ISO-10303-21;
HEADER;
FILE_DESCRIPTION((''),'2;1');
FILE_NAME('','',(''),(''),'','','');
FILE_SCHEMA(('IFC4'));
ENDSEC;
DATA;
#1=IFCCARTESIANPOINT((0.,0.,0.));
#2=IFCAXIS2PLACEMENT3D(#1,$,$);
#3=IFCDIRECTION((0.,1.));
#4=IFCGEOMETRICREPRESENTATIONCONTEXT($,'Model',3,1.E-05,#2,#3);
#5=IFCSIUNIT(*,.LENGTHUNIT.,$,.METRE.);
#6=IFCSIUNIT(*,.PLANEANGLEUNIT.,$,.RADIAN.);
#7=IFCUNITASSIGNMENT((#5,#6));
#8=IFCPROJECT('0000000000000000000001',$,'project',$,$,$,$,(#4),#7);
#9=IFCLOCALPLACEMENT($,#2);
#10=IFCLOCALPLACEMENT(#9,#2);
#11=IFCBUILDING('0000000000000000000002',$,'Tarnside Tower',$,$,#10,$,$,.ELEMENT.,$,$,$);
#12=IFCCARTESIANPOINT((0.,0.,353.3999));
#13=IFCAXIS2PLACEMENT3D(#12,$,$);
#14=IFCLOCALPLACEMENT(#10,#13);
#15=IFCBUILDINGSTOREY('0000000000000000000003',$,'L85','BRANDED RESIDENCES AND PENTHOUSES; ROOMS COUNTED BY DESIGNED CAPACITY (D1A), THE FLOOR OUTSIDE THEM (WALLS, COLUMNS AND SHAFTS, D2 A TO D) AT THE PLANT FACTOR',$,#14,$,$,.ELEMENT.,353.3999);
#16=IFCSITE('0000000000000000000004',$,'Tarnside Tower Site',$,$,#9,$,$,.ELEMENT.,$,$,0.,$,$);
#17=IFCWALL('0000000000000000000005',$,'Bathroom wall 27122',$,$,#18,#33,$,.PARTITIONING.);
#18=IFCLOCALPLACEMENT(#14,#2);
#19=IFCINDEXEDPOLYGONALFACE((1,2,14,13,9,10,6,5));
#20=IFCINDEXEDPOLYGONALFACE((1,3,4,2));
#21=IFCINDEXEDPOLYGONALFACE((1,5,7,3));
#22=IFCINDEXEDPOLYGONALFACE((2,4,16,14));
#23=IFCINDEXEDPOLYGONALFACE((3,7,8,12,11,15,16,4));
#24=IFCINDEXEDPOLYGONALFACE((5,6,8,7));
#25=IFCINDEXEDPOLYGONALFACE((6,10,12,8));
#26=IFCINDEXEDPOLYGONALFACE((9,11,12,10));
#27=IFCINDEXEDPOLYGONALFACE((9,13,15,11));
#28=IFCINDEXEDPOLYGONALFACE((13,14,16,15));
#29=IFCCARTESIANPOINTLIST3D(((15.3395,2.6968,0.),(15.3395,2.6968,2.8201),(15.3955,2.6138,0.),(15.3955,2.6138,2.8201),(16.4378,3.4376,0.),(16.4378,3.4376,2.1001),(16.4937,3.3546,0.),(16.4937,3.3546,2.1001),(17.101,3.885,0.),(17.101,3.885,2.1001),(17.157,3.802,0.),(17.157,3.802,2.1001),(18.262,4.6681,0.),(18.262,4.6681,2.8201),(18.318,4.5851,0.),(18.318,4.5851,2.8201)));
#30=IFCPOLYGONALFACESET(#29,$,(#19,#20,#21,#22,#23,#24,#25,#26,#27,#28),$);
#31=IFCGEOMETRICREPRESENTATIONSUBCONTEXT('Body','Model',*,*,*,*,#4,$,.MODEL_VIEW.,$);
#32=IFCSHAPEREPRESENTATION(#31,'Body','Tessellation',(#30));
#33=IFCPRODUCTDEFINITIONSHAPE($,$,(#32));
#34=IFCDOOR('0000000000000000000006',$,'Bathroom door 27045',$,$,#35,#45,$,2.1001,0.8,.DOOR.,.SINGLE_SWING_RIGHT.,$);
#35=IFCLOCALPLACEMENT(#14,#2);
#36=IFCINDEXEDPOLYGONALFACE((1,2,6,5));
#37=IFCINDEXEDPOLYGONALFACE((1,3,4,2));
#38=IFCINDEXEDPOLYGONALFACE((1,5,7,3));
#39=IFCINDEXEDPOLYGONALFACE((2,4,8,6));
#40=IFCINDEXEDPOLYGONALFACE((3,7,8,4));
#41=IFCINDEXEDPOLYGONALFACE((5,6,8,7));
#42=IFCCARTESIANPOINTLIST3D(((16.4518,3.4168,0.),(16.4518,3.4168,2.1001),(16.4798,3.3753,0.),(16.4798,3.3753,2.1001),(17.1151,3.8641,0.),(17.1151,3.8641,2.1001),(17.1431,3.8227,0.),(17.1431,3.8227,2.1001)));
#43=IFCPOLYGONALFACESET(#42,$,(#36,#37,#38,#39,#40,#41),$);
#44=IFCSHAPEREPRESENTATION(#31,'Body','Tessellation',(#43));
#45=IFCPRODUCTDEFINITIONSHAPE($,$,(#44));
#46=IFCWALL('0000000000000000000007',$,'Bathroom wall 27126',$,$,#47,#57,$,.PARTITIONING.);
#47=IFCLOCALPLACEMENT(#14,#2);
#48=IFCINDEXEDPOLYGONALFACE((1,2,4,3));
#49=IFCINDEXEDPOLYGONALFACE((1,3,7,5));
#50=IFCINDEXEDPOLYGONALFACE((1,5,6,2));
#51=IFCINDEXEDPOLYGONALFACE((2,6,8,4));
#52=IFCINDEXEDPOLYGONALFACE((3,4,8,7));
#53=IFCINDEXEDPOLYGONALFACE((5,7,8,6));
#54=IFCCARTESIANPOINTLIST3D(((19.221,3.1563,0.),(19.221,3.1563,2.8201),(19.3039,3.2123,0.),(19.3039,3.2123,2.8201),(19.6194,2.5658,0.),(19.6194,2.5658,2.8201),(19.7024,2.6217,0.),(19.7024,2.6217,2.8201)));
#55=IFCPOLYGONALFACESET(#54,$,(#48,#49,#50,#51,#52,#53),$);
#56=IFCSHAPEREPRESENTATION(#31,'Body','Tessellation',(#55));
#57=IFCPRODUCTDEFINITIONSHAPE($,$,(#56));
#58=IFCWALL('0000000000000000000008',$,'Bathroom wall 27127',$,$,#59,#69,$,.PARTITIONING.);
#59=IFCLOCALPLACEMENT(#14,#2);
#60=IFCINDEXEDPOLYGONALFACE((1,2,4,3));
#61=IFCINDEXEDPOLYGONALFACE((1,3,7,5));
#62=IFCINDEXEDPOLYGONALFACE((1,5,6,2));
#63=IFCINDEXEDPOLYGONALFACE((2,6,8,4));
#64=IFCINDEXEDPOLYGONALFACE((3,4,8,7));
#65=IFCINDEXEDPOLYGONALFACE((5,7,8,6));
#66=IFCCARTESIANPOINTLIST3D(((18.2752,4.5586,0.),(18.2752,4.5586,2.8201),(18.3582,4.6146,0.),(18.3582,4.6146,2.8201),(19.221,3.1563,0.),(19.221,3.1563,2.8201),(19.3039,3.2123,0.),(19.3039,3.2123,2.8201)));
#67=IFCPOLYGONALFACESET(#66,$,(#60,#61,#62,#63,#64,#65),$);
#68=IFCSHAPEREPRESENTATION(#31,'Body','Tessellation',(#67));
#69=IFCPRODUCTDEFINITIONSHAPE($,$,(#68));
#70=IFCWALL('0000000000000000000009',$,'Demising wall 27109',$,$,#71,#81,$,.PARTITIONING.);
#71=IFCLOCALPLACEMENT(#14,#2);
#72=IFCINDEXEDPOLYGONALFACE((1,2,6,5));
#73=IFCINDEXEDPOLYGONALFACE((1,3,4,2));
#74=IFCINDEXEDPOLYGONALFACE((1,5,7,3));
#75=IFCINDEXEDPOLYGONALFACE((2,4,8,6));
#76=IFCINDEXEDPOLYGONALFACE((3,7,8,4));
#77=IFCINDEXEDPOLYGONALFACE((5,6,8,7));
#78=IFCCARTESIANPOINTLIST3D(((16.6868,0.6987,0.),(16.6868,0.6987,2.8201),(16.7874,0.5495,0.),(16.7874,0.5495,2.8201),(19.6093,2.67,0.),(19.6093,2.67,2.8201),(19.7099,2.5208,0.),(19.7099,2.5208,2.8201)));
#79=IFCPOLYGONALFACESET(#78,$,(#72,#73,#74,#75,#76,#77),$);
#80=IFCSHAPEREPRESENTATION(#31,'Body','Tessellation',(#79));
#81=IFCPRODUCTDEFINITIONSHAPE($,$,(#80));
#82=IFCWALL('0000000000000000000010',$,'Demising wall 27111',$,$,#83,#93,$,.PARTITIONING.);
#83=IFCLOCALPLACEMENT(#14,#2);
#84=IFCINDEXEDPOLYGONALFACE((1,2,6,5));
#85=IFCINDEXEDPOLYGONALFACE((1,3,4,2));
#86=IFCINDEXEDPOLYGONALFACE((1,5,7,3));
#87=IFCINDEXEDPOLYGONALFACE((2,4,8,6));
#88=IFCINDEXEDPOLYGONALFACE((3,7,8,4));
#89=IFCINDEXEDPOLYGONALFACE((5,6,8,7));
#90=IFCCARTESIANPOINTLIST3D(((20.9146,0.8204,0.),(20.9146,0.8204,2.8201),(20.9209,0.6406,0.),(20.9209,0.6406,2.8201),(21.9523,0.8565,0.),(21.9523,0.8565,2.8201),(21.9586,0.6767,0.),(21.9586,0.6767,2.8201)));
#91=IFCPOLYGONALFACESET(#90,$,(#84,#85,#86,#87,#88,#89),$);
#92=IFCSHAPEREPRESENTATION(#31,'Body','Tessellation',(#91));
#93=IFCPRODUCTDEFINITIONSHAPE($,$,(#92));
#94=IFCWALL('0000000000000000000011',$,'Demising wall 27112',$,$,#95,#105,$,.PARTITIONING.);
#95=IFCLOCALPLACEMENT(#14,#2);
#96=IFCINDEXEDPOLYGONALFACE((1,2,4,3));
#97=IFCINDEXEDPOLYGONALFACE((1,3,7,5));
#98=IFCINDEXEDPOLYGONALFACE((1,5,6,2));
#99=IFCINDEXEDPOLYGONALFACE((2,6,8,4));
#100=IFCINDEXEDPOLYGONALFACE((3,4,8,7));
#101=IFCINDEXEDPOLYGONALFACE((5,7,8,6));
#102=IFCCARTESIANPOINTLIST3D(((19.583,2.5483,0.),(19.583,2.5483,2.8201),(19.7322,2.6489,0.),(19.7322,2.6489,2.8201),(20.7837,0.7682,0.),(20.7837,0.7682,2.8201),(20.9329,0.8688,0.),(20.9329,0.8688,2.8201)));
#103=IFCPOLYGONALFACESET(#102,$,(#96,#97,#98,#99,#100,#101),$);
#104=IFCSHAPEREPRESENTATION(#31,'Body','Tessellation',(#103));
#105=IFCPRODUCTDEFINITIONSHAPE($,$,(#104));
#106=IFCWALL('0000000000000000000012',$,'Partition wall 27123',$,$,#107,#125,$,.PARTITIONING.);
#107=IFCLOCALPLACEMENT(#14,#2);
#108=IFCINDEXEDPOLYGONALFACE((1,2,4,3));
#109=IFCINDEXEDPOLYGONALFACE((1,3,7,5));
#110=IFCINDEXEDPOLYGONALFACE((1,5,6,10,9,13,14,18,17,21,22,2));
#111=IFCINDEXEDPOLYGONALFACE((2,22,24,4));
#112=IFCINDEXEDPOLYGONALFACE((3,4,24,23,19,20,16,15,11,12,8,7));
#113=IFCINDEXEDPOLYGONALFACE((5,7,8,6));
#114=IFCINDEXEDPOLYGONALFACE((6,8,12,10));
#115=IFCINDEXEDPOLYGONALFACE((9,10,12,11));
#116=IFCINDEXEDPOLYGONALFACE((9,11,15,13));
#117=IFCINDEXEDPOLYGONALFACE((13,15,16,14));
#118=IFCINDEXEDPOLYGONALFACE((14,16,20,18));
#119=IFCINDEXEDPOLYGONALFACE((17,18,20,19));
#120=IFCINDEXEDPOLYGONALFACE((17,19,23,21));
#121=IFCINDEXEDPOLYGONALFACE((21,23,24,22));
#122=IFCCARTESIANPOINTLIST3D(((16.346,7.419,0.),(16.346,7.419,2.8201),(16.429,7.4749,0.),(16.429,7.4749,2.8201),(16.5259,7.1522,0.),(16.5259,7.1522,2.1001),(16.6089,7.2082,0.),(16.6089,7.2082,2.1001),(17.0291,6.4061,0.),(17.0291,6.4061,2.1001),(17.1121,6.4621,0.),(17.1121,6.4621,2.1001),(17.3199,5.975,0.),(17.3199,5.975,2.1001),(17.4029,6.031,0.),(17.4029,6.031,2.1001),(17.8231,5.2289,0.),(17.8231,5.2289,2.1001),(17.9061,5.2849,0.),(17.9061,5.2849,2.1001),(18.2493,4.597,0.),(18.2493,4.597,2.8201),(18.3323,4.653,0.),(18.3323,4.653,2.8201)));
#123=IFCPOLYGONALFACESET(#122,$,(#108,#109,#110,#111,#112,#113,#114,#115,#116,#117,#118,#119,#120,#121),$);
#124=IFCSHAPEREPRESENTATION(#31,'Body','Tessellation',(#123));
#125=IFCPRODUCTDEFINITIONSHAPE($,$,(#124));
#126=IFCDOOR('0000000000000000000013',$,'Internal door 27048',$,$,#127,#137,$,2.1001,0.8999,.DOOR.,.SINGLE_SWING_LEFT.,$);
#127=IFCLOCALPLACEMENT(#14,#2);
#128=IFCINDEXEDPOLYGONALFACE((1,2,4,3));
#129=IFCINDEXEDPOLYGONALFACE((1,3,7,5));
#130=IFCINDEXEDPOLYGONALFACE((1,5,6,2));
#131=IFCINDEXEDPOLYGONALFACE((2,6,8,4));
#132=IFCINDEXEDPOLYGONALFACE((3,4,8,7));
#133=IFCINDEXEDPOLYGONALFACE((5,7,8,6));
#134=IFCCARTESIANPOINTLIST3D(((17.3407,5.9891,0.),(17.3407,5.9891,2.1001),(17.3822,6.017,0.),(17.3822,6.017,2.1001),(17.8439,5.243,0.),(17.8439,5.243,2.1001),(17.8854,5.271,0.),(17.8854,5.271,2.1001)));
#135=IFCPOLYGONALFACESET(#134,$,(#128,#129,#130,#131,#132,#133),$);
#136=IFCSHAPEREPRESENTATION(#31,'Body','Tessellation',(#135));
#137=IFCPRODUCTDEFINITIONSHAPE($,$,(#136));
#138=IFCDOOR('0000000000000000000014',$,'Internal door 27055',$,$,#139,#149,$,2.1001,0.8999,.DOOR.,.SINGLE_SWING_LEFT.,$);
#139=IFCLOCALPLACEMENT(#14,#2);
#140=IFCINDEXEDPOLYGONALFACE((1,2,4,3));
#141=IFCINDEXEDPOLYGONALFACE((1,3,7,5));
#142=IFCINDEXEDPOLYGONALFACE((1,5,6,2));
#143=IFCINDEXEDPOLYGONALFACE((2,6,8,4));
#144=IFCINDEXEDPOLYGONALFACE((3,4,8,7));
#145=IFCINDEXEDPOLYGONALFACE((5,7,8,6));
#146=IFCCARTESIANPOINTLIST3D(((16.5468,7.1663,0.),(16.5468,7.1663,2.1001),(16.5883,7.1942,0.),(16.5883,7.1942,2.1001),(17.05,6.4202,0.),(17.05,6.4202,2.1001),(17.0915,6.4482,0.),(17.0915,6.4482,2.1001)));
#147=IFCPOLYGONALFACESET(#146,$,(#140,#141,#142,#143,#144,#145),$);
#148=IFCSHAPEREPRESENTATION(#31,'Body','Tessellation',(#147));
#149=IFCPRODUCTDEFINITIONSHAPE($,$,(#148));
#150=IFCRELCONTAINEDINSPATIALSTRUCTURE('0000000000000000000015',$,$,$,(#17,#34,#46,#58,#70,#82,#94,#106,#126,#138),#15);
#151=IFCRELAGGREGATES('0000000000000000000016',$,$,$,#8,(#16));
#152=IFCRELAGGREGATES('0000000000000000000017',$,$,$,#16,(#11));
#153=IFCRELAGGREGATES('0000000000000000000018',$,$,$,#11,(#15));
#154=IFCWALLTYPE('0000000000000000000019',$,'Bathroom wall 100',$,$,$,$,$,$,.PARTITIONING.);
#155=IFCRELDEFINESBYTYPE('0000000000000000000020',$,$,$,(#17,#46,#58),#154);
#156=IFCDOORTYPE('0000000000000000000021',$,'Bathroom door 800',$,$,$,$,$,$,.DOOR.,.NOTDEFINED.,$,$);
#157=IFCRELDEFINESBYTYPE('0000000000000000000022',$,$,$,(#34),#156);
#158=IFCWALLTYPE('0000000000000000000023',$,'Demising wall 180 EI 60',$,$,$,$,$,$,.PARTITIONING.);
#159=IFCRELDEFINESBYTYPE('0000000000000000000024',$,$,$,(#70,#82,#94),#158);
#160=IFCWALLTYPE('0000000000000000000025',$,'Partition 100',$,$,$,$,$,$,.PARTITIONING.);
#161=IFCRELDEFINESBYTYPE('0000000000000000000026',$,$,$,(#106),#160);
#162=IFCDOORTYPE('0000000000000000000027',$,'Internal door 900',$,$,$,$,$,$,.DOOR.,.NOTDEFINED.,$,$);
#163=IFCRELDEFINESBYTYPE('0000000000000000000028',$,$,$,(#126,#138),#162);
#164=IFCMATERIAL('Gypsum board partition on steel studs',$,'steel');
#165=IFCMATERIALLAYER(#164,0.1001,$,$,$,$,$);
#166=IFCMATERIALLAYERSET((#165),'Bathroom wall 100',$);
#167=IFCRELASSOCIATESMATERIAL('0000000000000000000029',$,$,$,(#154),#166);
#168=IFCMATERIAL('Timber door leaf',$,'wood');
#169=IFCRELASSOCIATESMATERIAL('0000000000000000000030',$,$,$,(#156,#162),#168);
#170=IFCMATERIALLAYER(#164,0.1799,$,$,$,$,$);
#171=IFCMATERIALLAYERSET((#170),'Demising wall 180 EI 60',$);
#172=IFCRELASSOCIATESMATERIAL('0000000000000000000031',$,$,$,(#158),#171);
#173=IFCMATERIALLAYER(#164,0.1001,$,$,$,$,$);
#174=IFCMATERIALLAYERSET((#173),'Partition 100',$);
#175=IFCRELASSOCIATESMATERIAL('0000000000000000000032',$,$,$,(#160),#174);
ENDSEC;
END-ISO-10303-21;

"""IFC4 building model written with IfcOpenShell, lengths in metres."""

from ifc_helpers import new_model, si_unit, direction, frame, frame_2d, origin, place, context, subcontext, project, spatial, rectangle, extrude, material, layer, layer_set, type_object, element, fill, save


model = new_model("IFC4")

# Units and contexts
model_context = context("Model", 3, precision=1e-05, world=origin(), true_north=direction((0.0, 1.0)))
body_context = subcontext(model_context, "Body", "Model", "MODEL_VIEW")
ifc_project = project(units=[si_unit("LENGTHUNIT", "METRE"), si_unit("PLANEANGLEUNIT", "RADIAN")], contexts=[model_context])

# Site, building, storey
site_placement = place(None, origin())
site = spatial("IfcSite", under=ifc_project, at=site_placement, Name="Tarnside Tower Site", CompositionType="ELEMENT", RefElevation=0.0)
building_placement = place(site_placement, origin())
building = spatial("IfcBuilding", under=site, at=building_placement, Name="Tarnside Tower", CompositionType="ELEMENT")
storey_placement = place(building_placement, frame((0.0, 0.0, 353.3999)))
storey = spatial("IfcBuildingStorey", under=building, at=storey_placement, Name="L85", Description="BRANDED RESIDENCES AND PENTHOUSES; ROOMS COUNTED BY DESIGNED CAPACITY (D1A), THE FLOOR OUTSIDE THEM (WALLS, COLUMNS AND SHAFTS, D2 A TO D) AT THE PLANT FACTOR", CompositionType="ELEMENT", Elevation=353.3999)

# Wall, opening, door
ifc_material_1 = material(Name="Gypsum board partition on steel studs", Category="steel")
ifc_layer_1 = layer(ifc_material_1, 0.1001)
ifc_layer_set_1 = layer_set([ifc_layer_1], Name="Bathroom wall 100")
wall_type_1 = type_object("IfcWallType", Name="Bathroom wall 100", PredefinedType="PARTITIONING", material=ifc_layer_set_1)
wall_1_placement = place(storey_placement, frame((15.3674, 2.6553, 0.0), z_axis=(0.0, 0.0, 1.0), x_axis=(0.829033, 0.559199, 0.0)))
wall_1 = element("IfcWall", 1, at=wall_1_placement, inside=storey, type_object=wall_type_1, Name="Bathroom wall 27122", PredefinedType="PARTITIONING", context=body_context, shape_type="SweptSolid", body=[
    extrude(rectangle(XDim=3.5251, YDim=0.1001, at=frame_2d((1.7627, 0.0))), origin(), (0.0, 0.0, 1.0), 2.8201),
])
opening_1_placement = place(wall_1_placement, frame((1.325, 0.0, 0.0)))
opening_1 = element("IfcOpeningElement", 2, at=opening_1_placement, cuts=wall_1, PredefinedType="OPENING", context=body_context, shape_type="SweptSolid", body=[
    extrude(rectangle(XDim=0.8, YDim=2.1001, at=frame_2d((0.3999, 1.05))), frame((0.0, 0.0601, 0.0), z_axis=(0.0, -1.0, 0.0), x_axis=(1.0, 0.0, 0.0)), (0.0, 0.0, 1.0), 0.1201),
])
ifc_material_2 = material(Name="Timber door leaf", Category="wood")
door_type_1 = type_object("IfcDoorType", Name="Bathroom door 800", OperationType="NOTDEFINED", PredefinedType="DOOR", material=ifc_material_2)
door_1_placement = place(opening_1_placement, origin())
door_1 = element("IfcDoor", 3, at=door_1_placement, inside=storey, type_object=door_type_1, Name="Bathroom door 27045", OperationType="SINGLE_SWING_RIGHT", OverallHeight=2.1001, OverallWidth=0.8, PredefinedType="DOOR", context=body_context, shape_type="SweptSolid", body=[
    extrude(rectangle(XDim=0.8, YDim=2.1001, at=frame_2d((0.3999, 1.05))), frame((0.0, 0.0249, 0.0), z_axis=(0.0, -1.0, 0.0), x_axis=(1.0, 0.0, 0.0)), (0.0, 0.0, 1.0), 0.05),
])
fill(opening_1, door_1)

# Walls
wall_2_placement = place(storey_placement, frame((19.6609, 2.5938, 0.0), z_axis=(0.0, 0.0, 1.0), x_axis=(-0.559279, 0.82898, 0.0)))
element("IfcWall", 4, at=wall_2_placement, inside=storey, type_object=wall_type_1, Name="Bathroom wall 27126", PredefinedType="PARTITIONING", context=body_context, shape_type="SweptSolid", body=[
    extrude(rectangle(XDim=0.7124, YDim=0.1001, at=frame_2d((0.3562, 0.0))), origin(), (0.0, 0.0, 1.0), 2.8201),
])
wall_3_placement = place(storey_placement, frame((19.2625, 3.1843, 0.0), z_axis=(0.0, 0.0, 1.0), x_axis=(-0.559156, 0.829063, 0.0)))
element("IfcWall", 5, at=wall_3_placement, inside=storey, type_object=wall_type_1, Name="Bathroom wall 27127", PredefinedType="PARTITIONING", context=body_context, shape_type="SweptSolid", body=[
    extrude(rectangle(XDim=1.6914, YDim=0.1001, at=frame_2d((0.8457, 0.0))), origin(), (0.0, 0.0, 1.0), 2.8201),
])
ifc_layer_2 = layer(ifc_material_1, 0.1799)
ifc_layer_set_2 = layer_set([ifc_layer_2], Name="Demising wall 180 EI 60")
wall_type_2 = type_object("IfcWallType", Name="Demising wall 180 EI 60", PredefinedType="PARTITIONING", material=ifc_layer_set_2)
wall_4_placement = place(storey_placement, frame((19.6597, 2.5955, 0.0), z_axis=(0.0, 0.0, 1.0), x_axis=(-0.829033, -0.559199, 0.0)))
element("IfcWall", 6, at=wall_4_placement, inside=storey, type_object=wall_type_2, Name="Demising wall 27109", PredefinedType="PARTITIONING", context=body_context, shape_type="SweptSolid", body=[
    extrude(rectangle(XDim=3.5251, YDim=0.1799, at=frame_2d((1.7627, 0.0))), origin(), (0.0, 0.0, 1.0), 2.8201),
])
wall_5_placement = place(storey_placement, frame((21.9553, 0.7666, 0.0), z_axis=(0.0, 0.0, 1.0), x_axis=(-0.999394, -0.034802, 0.0)))
element("IfcWall", 7, at=wall_5_placement, inside=storey, type_object=wall_type_2, Name="Demising wall 27111", PredefinedType="PARTITIONING", context=body_context, shape_type="SweptSolid", body=[
    extrude(rectangle(XDim=1.0383, YDim=0.1799, at=frame_2d((0.519, 0.0))), origin(), (0.0, 0.0, 1.0), 2.8201),
])
wall_6_placement = place(storey_placement, frame((20.8584, 0.8184, 0.0), z_axis=(0.0, 0.0, 1.0), x_axis=(-0.559205, 0.829029, 0.0)))
element("IfcWall", 8, at=wall_6_placement, inside=storey, type_object=wall_type_2, Name="Demising wall 27112", PredefinedType="PARTITIONING", context=body_context, shape_type="SweptSolid", body=[
    extrude(rectangle(XDim=2.1472, YDim=0.1799, at=frame_2d((1.0737, 0.0))), origin(), (0.0, 0.0, 1.0), 2.8201),
])

# Wall, openings, doors
ifc_layer_3 = layer(ifc_material_1, 0.1001)
ifc_layer_set_3 = layer_set([ifc_layer_3], Name="Partition 100")
wall_type_3 = type_object("IfcWallType", Name="Partition 100", PredefinedType="PARTITIONING", material=ifc_layer_set_3)
wall_7_placement = place(storey_placement, frame((18.2908, 4.625, 0.0), z_axis=(0.0, 0.0, 1.0), x_axis=(-0.559161, 0.829059, 0.0)))
wall_7 = element("IfcWall", 9, at=wall_7_placement, inside=storey, type_object=wall_type_3, Name="Partition wall 27123", PredefinedType="PARTITIONING", context=body_context, shape_type="SweptSolid", body=[
    extrude(rectangle(XDim=3.4038, YDim=0.1001, at=frame_2d((1.7019, 0.0))), origin(), (0.0, 0.0, 1.0), 2.8201),
])
opening_2_placement = place(wall_7_placement, frame((0.7622, 0.0, 0.0)))
opening_2 = element("IfcOpeningElement", 10, at=opening_2_placement, cuts=wall_7, PredefinedType="OPENING", context=body_context, shape_type="SweptSolid", body=[
    extrude(rectangle(XDim=0.8999, YDim=2.1001, at=frame_2d((0.45, 1.05))), frame((0.0, 0.0601, 0.0), z_axis=(0.0, -1.0, 0.0), x_axis=(1.0, 0.0, 0.0)), (0.0, 0.0, 1.0), 0.1201),
])
opening_3_placement = place(wall_7_placement, frame((2.1821, 0.0, 0.0)))
opening_3 = element("IfcOpeningElement", 11, at=opening_3_placement, cuts=wall_7, PredefinedType="OPENING", context=body_context, shape_type="SweptSolid", body=[
    extrude(rectangle(XDim=0.8999, YDim=2.1001, at=frame_2d((0.45, 1.05))), frame((0.0, 0.0601, 0.0), z_axis=(0.0, -1.0, 0.0), x_axis=(1.0, 0.0, 0.0)), (0.0, 0.0, 1.0), 0.1201),
])
door_type_2 = type_object("IfcDoorType", Name="Internal door 900", OperationType="NOTDEFINED", PredefinedType="DOOR", material=ifc_material_2)
door_2_placement = place(opening_2_placement, origin())
door_2 = element("IfcDoor", 12, at=door_2_placement, inside=storey, type_object=door_type_2, Name="Internal door 27048", OperationType="SINGLE_SWING_LEFT", OverallHeight=2.1001, OverallWidth=0.8999, PredefinedType="DOOR", context=body_context, shape_type="SweptSolid", body=[
    extrude(rectangle(XDim=0.8999, YDim=2.1001, at=frame_2d((0.45, 1.05))), frame((0.0, 0.0249, 0.0), z_axis=(0.0, -1.0, 0.0), x_axis=(1.0, 0.0, 0.0)), (0.0, 0.0, 1.0), 0.05),
])
fill(opening_2, door_2)
door_3_placement = place(opening_3_placement, origin())
door_3 = element("IfcDoor", 13, at=door_3_placement, inside=storey, type_object=door_type_2, Name="Internal door 27055", OperationType="SINGLE_SWING_LEFT", OverallHeight=2.1001, OverallWidth=0.8999, PredefinedType="DOOR", context=body_context, shape_type="SweptSolid", body=[
    extrude(rectangle(XDim=0.8999, YDim=2.1001, at=frame_2d((0.45, 1.05))), frame((0.0, 0.0249, 0.0), z_axis=(0.0, -1.0, 0.0), x_axis=(1.0, 0.0, 0.0)), (0.0, 0.0, 1.0), 0.05),
])
fill(opening_3, door_3)

save(model, "model.ifc")
